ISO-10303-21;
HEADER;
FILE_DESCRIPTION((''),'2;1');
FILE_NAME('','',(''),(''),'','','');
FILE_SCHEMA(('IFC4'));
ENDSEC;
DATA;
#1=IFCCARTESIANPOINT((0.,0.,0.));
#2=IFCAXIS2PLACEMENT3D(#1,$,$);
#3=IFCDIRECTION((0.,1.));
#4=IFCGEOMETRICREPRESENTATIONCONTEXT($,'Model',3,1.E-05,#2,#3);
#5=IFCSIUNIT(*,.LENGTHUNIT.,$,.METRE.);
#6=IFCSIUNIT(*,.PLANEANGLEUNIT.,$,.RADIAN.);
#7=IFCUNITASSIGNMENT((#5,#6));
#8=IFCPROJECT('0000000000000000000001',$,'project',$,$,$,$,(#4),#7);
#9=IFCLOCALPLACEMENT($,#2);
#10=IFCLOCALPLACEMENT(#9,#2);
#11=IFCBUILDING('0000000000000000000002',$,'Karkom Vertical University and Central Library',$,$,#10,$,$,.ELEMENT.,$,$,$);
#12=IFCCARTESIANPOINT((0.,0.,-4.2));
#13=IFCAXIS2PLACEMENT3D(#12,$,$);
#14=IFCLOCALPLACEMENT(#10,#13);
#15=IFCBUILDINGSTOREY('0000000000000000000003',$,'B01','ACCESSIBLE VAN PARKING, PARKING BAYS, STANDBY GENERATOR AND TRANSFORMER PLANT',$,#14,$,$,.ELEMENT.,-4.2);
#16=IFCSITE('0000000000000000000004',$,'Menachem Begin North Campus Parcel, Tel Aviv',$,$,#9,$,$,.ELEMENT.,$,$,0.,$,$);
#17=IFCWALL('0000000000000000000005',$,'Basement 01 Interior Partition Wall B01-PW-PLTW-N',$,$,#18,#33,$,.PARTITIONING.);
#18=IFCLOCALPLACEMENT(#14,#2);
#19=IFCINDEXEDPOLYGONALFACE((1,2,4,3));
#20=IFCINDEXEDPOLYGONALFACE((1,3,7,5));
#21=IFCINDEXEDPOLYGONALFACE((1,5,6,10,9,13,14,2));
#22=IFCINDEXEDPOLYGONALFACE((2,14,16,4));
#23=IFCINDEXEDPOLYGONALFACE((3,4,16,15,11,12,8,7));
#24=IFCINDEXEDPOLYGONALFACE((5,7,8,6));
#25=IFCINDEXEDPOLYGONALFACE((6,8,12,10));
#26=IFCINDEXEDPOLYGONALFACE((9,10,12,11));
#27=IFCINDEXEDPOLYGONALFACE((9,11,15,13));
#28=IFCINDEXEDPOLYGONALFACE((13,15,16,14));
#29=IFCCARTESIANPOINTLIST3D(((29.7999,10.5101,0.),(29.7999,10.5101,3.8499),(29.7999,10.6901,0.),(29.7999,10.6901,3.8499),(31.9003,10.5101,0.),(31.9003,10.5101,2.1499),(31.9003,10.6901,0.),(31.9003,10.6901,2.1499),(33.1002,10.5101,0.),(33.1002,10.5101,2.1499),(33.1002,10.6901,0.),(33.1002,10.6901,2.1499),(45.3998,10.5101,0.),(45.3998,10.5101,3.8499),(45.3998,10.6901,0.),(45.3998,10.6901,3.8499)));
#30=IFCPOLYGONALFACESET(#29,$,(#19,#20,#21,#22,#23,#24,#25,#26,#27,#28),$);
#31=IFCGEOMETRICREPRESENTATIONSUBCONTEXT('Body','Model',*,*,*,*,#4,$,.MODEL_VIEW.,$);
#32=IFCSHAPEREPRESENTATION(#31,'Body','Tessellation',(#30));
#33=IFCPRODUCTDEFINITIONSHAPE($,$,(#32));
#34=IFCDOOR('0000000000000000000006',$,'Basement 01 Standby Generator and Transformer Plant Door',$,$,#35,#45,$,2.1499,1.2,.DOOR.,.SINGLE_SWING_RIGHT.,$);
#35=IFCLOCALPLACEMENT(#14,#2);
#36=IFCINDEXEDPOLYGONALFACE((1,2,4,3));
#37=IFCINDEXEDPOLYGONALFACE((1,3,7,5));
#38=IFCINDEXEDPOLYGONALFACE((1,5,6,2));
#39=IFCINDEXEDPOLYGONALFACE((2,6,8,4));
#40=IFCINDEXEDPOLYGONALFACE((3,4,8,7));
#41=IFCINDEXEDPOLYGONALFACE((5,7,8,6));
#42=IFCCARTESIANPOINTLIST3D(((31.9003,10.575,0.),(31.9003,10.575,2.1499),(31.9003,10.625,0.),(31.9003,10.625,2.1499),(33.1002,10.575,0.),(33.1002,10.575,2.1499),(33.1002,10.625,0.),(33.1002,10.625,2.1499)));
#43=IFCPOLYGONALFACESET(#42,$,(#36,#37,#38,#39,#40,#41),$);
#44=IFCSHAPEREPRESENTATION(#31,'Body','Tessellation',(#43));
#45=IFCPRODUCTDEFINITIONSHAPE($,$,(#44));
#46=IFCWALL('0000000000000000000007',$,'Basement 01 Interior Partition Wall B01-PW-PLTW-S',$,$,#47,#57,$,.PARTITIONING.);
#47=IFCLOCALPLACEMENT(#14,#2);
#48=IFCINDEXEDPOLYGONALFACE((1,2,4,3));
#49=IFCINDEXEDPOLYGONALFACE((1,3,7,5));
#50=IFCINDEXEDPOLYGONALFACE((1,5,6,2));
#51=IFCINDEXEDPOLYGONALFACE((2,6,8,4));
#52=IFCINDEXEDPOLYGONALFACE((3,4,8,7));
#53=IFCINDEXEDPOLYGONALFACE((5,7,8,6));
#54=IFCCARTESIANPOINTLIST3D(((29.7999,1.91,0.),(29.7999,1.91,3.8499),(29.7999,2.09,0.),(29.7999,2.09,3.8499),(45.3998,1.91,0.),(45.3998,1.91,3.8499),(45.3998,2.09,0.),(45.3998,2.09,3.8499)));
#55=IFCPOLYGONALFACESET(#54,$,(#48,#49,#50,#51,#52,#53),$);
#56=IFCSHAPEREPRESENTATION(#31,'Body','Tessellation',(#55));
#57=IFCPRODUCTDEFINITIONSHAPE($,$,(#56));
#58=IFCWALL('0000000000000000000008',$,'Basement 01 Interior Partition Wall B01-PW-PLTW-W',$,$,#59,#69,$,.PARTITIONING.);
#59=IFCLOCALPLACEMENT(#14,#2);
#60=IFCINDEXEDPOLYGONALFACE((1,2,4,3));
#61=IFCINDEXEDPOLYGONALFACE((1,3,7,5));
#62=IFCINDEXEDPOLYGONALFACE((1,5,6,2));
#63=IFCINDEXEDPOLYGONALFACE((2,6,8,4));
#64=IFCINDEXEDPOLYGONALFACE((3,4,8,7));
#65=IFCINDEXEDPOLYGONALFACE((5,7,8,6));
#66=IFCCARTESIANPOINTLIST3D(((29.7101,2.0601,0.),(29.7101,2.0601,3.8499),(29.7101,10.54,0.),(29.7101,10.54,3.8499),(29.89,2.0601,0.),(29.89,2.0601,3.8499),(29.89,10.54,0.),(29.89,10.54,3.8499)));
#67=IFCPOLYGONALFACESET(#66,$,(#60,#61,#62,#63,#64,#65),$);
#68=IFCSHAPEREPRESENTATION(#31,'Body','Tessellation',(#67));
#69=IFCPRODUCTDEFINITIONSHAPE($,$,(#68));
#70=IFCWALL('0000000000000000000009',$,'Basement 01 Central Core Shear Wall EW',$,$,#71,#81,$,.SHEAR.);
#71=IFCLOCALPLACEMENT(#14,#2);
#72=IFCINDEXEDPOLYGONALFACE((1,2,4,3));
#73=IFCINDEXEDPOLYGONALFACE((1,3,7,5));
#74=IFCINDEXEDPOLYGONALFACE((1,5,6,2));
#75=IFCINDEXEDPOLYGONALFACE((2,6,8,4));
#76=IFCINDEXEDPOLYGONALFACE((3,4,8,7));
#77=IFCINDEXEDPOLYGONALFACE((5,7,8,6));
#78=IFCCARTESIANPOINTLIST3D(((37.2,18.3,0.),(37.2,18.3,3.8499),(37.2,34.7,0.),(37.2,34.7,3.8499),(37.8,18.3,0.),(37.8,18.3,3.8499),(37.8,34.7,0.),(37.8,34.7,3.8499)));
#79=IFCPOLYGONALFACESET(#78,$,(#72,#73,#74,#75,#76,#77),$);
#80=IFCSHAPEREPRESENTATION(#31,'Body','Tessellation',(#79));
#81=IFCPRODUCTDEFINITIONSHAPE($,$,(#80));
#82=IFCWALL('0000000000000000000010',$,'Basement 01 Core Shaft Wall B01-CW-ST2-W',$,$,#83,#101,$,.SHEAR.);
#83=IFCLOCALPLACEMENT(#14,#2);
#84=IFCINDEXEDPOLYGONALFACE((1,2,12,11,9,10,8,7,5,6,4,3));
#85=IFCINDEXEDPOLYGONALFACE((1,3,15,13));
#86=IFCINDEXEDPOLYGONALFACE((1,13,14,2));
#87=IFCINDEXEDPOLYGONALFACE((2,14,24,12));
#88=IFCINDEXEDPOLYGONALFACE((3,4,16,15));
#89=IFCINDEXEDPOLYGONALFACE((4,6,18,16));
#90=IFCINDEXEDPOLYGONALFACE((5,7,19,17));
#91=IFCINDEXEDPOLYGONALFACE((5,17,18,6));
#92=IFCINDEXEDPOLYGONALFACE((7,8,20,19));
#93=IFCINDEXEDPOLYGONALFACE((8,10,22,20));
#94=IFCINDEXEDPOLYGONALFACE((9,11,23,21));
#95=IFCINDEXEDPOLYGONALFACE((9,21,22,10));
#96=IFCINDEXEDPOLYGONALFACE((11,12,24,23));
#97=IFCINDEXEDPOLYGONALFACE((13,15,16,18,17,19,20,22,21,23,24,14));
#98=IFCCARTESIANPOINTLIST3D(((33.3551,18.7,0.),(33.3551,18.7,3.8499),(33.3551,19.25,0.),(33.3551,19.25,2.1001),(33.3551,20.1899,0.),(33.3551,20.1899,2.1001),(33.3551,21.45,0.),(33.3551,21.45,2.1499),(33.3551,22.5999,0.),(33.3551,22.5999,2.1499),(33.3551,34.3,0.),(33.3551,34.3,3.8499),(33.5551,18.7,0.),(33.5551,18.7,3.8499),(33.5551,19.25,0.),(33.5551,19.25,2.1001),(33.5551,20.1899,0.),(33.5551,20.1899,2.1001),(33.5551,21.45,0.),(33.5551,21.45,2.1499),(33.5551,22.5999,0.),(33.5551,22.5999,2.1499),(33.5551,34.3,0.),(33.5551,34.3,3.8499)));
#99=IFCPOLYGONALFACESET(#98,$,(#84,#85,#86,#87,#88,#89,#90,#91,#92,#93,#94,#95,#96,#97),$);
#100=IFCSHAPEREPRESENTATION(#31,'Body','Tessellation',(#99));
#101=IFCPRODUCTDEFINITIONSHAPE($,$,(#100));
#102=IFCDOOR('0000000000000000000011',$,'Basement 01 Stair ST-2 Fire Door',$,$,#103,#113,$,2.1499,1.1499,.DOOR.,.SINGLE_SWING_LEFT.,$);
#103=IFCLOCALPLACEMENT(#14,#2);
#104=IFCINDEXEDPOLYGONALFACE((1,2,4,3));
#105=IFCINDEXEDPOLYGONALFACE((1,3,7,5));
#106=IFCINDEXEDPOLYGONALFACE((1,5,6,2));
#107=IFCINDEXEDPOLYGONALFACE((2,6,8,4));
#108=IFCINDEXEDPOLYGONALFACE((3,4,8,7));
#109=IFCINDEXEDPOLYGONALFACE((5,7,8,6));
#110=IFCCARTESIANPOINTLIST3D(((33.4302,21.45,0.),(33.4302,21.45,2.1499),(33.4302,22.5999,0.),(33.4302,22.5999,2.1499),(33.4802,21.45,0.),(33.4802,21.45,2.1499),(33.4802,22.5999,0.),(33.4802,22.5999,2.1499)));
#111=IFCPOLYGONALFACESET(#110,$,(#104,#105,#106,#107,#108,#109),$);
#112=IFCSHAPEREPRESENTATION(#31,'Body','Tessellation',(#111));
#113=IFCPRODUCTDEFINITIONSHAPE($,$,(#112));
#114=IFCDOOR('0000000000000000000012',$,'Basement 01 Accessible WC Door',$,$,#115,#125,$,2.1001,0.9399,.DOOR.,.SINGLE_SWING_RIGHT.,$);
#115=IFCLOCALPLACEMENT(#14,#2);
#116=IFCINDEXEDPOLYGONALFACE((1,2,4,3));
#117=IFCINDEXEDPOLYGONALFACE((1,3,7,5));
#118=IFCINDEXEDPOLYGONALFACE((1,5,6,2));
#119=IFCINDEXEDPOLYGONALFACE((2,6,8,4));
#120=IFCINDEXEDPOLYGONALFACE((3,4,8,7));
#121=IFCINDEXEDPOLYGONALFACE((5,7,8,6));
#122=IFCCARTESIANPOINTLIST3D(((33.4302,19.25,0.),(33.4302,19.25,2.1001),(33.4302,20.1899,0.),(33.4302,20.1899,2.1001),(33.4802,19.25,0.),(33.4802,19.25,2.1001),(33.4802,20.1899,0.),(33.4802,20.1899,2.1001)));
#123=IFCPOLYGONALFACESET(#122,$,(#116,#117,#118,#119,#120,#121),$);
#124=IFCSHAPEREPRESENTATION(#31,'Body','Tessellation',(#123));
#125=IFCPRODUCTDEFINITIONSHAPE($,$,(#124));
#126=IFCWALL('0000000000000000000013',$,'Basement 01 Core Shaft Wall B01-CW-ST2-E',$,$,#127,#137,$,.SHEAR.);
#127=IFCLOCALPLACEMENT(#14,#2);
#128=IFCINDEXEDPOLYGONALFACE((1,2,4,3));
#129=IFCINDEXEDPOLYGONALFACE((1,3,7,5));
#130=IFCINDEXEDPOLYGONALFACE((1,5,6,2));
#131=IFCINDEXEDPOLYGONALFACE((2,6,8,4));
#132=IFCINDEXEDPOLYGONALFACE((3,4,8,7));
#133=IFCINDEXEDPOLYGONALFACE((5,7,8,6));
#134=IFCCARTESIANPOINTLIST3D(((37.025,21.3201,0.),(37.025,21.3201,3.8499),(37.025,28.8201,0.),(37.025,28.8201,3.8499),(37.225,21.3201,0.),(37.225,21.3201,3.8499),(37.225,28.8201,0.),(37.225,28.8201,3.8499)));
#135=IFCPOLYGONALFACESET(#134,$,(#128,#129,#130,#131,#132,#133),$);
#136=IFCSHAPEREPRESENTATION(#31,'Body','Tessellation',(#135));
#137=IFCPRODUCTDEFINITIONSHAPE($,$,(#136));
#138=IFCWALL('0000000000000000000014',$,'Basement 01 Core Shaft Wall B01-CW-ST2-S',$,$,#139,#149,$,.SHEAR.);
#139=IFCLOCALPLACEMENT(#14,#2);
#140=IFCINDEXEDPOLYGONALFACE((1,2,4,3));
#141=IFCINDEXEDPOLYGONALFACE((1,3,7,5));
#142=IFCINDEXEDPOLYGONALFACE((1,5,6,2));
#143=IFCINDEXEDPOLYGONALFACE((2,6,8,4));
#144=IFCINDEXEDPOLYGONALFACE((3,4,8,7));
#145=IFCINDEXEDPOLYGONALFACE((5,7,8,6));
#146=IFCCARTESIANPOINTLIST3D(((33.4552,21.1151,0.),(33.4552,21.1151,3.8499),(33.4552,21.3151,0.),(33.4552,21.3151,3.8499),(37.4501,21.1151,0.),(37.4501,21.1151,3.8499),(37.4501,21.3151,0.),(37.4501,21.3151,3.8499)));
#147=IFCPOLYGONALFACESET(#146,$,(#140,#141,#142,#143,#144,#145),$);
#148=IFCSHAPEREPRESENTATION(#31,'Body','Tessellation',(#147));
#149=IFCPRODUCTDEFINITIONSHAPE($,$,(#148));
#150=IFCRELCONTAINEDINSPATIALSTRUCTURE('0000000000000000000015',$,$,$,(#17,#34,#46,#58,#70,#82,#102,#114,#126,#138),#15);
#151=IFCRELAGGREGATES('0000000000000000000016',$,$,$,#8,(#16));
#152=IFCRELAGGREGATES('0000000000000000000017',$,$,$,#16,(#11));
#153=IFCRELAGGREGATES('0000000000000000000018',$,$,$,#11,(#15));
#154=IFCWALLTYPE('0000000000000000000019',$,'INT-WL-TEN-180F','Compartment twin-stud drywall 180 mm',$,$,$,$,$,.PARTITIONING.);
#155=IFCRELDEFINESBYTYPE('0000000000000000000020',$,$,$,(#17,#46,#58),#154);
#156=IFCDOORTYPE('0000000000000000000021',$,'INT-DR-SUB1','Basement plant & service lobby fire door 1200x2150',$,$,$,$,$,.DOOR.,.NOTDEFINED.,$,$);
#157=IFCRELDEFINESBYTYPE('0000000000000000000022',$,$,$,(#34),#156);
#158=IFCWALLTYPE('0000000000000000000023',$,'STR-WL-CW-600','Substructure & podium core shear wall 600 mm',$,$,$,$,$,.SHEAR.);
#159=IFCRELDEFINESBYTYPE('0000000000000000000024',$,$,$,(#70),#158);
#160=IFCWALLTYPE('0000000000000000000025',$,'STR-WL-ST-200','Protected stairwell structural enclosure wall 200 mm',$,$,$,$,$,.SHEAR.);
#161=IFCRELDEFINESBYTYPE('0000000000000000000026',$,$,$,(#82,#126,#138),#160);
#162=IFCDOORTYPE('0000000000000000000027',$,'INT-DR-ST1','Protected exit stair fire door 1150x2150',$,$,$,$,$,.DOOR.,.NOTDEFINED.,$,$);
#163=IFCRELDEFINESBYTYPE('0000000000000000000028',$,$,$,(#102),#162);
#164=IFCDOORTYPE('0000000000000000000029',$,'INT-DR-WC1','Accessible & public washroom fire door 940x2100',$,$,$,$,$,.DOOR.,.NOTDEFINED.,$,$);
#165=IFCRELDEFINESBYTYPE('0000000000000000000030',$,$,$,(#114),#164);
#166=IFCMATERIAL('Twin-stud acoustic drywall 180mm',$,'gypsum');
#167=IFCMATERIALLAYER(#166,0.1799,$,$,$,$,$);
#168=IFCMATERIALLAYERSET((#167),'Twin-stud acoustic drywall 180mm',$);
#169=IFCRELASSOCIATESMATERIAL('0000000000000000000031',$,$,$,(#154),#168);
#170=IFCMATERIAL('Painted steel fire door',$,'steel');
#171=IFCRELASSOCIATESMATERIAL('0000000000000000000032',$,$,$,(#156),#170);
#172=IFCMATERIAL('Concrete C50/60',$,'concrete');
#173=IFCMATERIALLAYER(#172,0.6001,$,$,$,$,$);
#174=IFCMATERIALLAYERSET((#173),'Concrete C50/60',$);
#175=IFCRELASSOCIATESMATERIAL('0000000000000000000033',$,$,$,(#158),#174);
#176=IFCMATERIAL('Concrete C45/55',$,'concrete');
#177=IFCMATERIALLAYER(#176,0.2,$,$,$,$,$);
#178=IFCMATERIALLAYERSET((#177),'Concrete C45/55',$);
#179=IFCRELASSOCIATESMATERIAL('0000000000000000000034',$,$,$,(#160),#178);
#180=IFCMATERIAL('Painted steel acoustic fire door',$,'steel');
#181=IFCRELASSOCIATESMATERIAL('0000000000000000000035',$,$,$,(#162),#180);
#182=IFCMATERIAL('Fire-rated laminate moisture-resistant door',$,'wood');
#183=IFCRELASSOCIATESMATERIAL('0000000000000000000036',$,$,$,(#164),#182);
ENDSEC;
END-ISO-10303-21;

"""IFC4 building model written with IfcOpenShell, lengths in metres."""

from ifc_helpers import new_model, si_unit, direction, frame, frame_2d, origin, origin_with_axes, place, context, subcontext, project, spatial, rectangle, extrude, source, transform, mapped, material, layer, layer_set, type_object, element, fill, save


model = new_model("IFC4")

# Units and contexts
model_context = context("Model", 3, precision=1e-05, world=origin(), true_north=direction((0.0, 1.0)))
body_context = subcontext(model_context, "Body", "Model", "MODEL_VIEW")
ifc_project = project(units=[si_unit("LENGTHUNIT", "METRE"), si_unit("PLANEANGLEUNIT", "RADIAN")], contexts=[model_context])

# Site, building, storey
site_placement = place(None, origin())
site = spatial("IfcSite", under=ifc_project, at=site_placement, Name="Menachem Begin North Campus Parcel, Tel Aviv", CompositionType="ELEMENT", RefElevation=0.0)
building_placement = place(site_placement, origin())
building = spatial("IfcBuilding", under=site, at=building_placement, Name="Karkom Vertical University and Central Library", CompositionType="ELEMENT")
storey_placement = place(building_placement, frame((0.0, 0.0, -4.2)))
storey = spatial("IfcBuildingStorey", under=building, at=storey_placement, Name="B01", Description="ACCESSIBLE VAN PARKING, PARKING BAYS, STANDBY GENERATOR AND TRANSFORMER PLANT", CompositionType="ELEMENT", Elevation=-4.2)

# Shared definitions
ifc_material_1 = material(Name="Concrete C45/55", Category="concrete")
ifc_material_2 = material(Name="Concrete C50/60", Category="concrete")

# Wall, opening, door
ifc_material_3 = material(Name="Twin-stud acoustic drywall 180mm", Category="gypsum")
ifc_layer_1 = layer(ifc_material_3, 0.1799)
ifc_layer_set_1 = layer_set([ifc_layer_1], Name="Twin-stud acoustic drywall 180mm")
wall_type_1 = type_object("IfcWallType", Name="INT-WL-TEN-180F", Description="Compartment twin-stud drywall 180 mm", PredefinedType="PARTITIONING", material=ifc_layer_set_1)
wall_1_placement = place(storey_placement, frame((29.8, 10.6001, 0.0), z_axis=(0.0, 0.0, 1.0), x_axis=(1.0, 0.0, 0.0)))
wall_1 = element("IfcWall", 1, at=wall_1_placement, inside=storey, type_object=wall_type_1, Name="Basement 01 Interior Partition Wall B01-PW-PLTW-N", PredefinedType="PARTITIONING", context=body_context, shape_type="SweptSolid", body=[
    extrude(rectangle(XDim=15.5999, YDim=0.1799, at=frame_2d((7.7998, 0.0))), origin(), (0.0, 0.0, 1.0), 3.8499),
])
opening_1_placement = place(wall_1_placement, frame((2.1001, 0.0, 0.0)))
opening_1 = element("IfcOpeningElement", 2, at=opening_1_placement, cuts=wall_1, PredefinedType="OPENING", context=body_context, shape_type="SweptSolid", body=[
    extrude(rectangle(XDim=1.2, YDim=2.1499, at=frame_2d((0.6001, 1.075))), frame((0.0, 0.1001, 0.0), z_axis=(0.0, -1.0, 0.0), x_axis=(1.0, 0.0, 0.0)), (0.0, 0.0, 1.0), 0.2),
])
ifc_material_4 = material(Name="Painted steel fire door", Category="steel")
door_type_1 = type_object("IfcDoorType", Name="INT-DR-SUB1", Description="Basement plant & service lobby fire door 1200x2150", OperationType="NOTDEFINED", PredefinedType="DOOR", material=ifc_material_4)
shared_shape_1 = source(origin_with_axes(), body_context, "Body", "SweptSolid", [
    extrude(rectangle(XDim=1.2, YDim=2.1499, at=frame_2d((0.6001, 1.075))), frame((0.0, 0.0249, 0.0), z_axis=(0.0, -1.0, 0.0), x_axis=(1.0, 0.0, 0.0)), (0.0, 0.0, 1.0), 0.05),
])
door_1_placement = place(opening_1_placement, origin())
door_1 = element("IfcDoor", 3, at=door_1_placement, inside=storey, type_object=door_type_1, Name="Basement 01 Standby Generator and Transformer Plant Door", OperationType="SINGLE_SWING_RIGHT", OverallHeight=2.1499, OverallWidth=1.2, PredefinedType="DOOR", context=body_context, shape_type="MappedRepresentation", body=[
    mapped(shared_shape_1, transform((0.0, 0.0, 0.0), scale=1.0)),
])
fill(opening_1, door_1)

# Walls
wall_2_placement = place(storey_placement, frame((29.8, 2.0, 0.0), z_axis=(0.0, 0.0, 1.0), x_axis=(1.0, 0.0, 0.0)))
element("IfcWall", 4, at=wall_2_placement, inside=storey, type_object=wall_type_1, Name="Basement 01 Interior Partition Wall B01-PW-PLTW-S", PredefinedType="PARTITIONING", context=body_context, shape_type="SweptSolid", body=[
    extrude(rectangle(XDim=15.5999, YDim=0.1799, at=frame_2d((7.7998, 0.0))), origin(), (0.0, 0.0, 1.0), 3.8499),
])
wall_3_placement = place(storey_placement, frame((29.8, 2.0601, 0.0), z_axis=(0.0, 0.0, 1.0), x_axis=(0.0, 1.0, 0.0)))
element("IfcWall", 5, at=wall_3_placement, inside=storey, type_object=wall_type_1, Name="Basement 01 Interior Partition Wall B01-PW-PLTW-W", PredefinedType="PARTITIONING", context=body_context, shape_type="SweptSolid", body=[
    extrude(rectangle(XDim=8.48, YDim=0.1799, at=frame_2d((4.24, 0.0))), origin(), (0.0, 0.0, 1.0), 3.8499),
])
ifc_layer_2 = layer(ifc_material_2, 0.6001)
ifc_layer_set_2 = layer_set([ifc_layer_2], Name="Concrete C50/60")
wall_type_2 = type_object("IfcWallType", Name="STR-WL-CW-600", Description="Substructure & podium core shear wall 600 mm", PredefinedType="SHEAR", material=ifc_layer_set_2)
wall_4_placement = place(storey_placement, frame((37.5, 18.3, 0.0), z_axis=(0.0, 0.0, 1.0), x_axis=(0.0, 1.0, 0.0)))
element("IfcWall", 6, at=wall_4_placement, inside=storey, type_object=wall_type_2, Name="Basement 01 Central Core Shear Wall EW", PredefinedType="SHEAR", context=body_context, shape_type="SweptSolid", body=[
    extrude(rectangle(XDim=16.3999, YDim=0.6001, at=frame_2d((8.2, 0.0))), origin(), (0.0, 0.0, 1.0), 3.8499),
])

# Wall, openings, doors
ifc_layer_3 = layer(ifc_material_1, 0.2)
ifc_layer_set_3 = layer_set([ifc_layer_3], Name="Concrete C45/55")
wall_type_3 = type_object("IfcWallType", Name="STR-WL-ST-200", Description="Protected stairwell structural enclosure wall 200 mm", PredefinedType="SHEAR", material=ifc_layer_set_3)
wall_5_placement = place(storey_placement, frame((33.4551, 18.7, 0.0), z_axis=(0.0, 0.0, 1.0), x_axis=(0.0, 1.0, 0.0)))
wall_5 = element("IfcWall", 7, at=wall_5_placement, inside=storey, type_object=wall_type_3, Name="Basement 01 Core Shaft Wall B01-CW-ST2-W", PredefinedType="SHEAR", context=body_context, shape_type="SweptSolid", body=[
    extrude(rectangle(XDim=15.6001, YDim=0.2, at=frame_2d((7.8, 0.0))), origin(), (0.0, 0.0, 1.0), 3.8499),
])
opening_2_placement = place(wall_5_placement, frame((2.75, 0.0, 0.0)))
opening_2 = element("IfcOpeningElement", 8, at=opening_2_placement, cuts=wall_5, PredefinedType="OPENING", context=body_context, shape_type="SweptSolid", body=[
    extrude(rectangle(XDim=1.1499, YDim=2.1499, at=frame_2d((0.575, 1.075))), frame((0.0, 0.1099, 0.0), z_axis=(0.0, -1.0, 0.0), x_axis=(1.0, 0.0, 0.0)), (0.0, 0.0, 1.0), 0.22),
])
opening_3_placement = place(wall_5_placement, frame((0.55, 0.0, 0.0)))
opening_3 = element("IfcOpeningElement", 9, at=opening_3_placement, cuts=wall_5, PredefinedType="OPENING", context=body_context, shape_type="SweptSolid", body=[
    extrude(rectangle(XDim=0.9399, YDim=2.1001, at=frame_2d((0.47, 1.05))), frame((0.0, 0.1099, 0.0), z_axis=(0.0, -1.0, 0.0), x_axis=(1.0, 0.0, 0.0)), (0.0, 0.0, 1.0), 0.22),
])
ifc_material_5 = material(Name="Painted steel acoustic fire door", Category="steel")
door_type_2 = type_object("IfcDoorType", Name="INT-DR-ST1", Description="Protected exit stair fire door 1150x2150", OperationType="NOTDEFINED", PredefinedType="DOOR", material=ifc_material_5)
shared_shape_2 = source(origin_with_axes(), body_context, "Body", "SweptSolid", [
    extrude(rectangle(XDim=1.1499, YDim=2.1499, at=frame_2d((0.575, 1.075))), frame((0.0, 0.0249, 0.0), z_axis=(0.0, -1.0, 0.0), x_axis=(1.0, 0.0, 0.0)), (0.0, 0.0, 1.0), 0.05),
])
door_2_placement = place(opening_2_placement, origin())
door_2 = element("IfcDoor", 10, at=door_2_placement, inside=storey, type_object=door_type_2, Name="Basement 01 Stair ST-2 Fire Door", OperationType="SINGLE_SWING_LEFT", OverallHeight=2.1499, OverallWidth=1.1499, PredefinedType="DOOR", context=body_context, shape_type="MappedRepresentation", body=[
    mapped(shared_shape_2, transform((0.0, 0.0, 0.0), scale=1.0)),
])
fill(opening_2, door_2)
ifc_material_6 = material(Name="Fire-rated laminate moisture-resistant door", Category="wood")
door_type_3 = type_object("IfcDoorType", Name="INT-DR-WC1", Description="Accessible & public washroom fire door 940x2100", OperationType="NOTDEFINED", PredefinedType="DOOR", material=ifc_material_6)
shared_shape_3 = source(origin_with_axes(), body_context, "Body", "SweptSolid", [
    extrude(rectangle(XDim=0.9399, YDim=2.1001, at=frame_2d((0.47, 1.05))), frame((0.0, 0.0249, 0.0), z_axis=(0.0, -1.0, 0.0), x_axis=(1.0, 0.0, 0.0)), (0.0, 0.0, 1.0), 0.05),
])
door_3_placement = place(opening_3_placement, origin())
door_3 = element("IfcDoor", 11, at=door_3_placement, inside=storey, type_object=door_type_3, Name="Basement 01 Accessible WC Door", OperationType="SINGLE_SWING_RIGHT", OverallHeight=2.1001, OverallWidth=0.9399, PredefinedType="DOOR", context=body_context, shape_type="MappedRepresentation", body=[
    mapped(shared_shape_3, transform((0.0, 0.0, 0.0), scale=1.0)),
])
fill(opening_3, door_3)

# Walls
wall_6_placement = place(storey_placement, frame((37.125, 21.3201, 0.0), z_axis=(0.0, 0.0, 1.0), x_axis=(0.0, 1.0, 0.0)))
element("IfcWall", 12, at=wall_6_placement, inside=storey, type_object=wall_type_3, Name="Basement 01 Core Shaft Wall B01-CW-ST2-E", PredefinedType="SHEAR", context=body_context, shape_type="SweptSolid", body=[
    extrude(rectangle(XDim=7.5, YDim=0.2, at=frame_2d((3.75, 0.0))), origin(), (0.0, 0.0, 1.0), 3.8499),
])
wall_7_placement = place(storey_placement, frame((33.4551, 21.2151, 0.0), z_axis=(0.0, 0.0, 1.0), x_axis=(1.0, 0.0, 0.0)))
element("IfcWall", 13, at=wall_7_placement, inside=storey, type_object=wall_type_3, Name="Basement 01 Core Shaft Wall B01-CW-ST2-S", PredefinedType="SHEAR", context=body_context, shape_type="SweptSolid", body=[
    extrude(rectangle(XDim=3.9949, YDim=0.2, at=frame_2d((1.9976, 0.0))), origin(), (0.0, 0.0, 1.0), 3.8499),
])

save(model, "model.ifc")
